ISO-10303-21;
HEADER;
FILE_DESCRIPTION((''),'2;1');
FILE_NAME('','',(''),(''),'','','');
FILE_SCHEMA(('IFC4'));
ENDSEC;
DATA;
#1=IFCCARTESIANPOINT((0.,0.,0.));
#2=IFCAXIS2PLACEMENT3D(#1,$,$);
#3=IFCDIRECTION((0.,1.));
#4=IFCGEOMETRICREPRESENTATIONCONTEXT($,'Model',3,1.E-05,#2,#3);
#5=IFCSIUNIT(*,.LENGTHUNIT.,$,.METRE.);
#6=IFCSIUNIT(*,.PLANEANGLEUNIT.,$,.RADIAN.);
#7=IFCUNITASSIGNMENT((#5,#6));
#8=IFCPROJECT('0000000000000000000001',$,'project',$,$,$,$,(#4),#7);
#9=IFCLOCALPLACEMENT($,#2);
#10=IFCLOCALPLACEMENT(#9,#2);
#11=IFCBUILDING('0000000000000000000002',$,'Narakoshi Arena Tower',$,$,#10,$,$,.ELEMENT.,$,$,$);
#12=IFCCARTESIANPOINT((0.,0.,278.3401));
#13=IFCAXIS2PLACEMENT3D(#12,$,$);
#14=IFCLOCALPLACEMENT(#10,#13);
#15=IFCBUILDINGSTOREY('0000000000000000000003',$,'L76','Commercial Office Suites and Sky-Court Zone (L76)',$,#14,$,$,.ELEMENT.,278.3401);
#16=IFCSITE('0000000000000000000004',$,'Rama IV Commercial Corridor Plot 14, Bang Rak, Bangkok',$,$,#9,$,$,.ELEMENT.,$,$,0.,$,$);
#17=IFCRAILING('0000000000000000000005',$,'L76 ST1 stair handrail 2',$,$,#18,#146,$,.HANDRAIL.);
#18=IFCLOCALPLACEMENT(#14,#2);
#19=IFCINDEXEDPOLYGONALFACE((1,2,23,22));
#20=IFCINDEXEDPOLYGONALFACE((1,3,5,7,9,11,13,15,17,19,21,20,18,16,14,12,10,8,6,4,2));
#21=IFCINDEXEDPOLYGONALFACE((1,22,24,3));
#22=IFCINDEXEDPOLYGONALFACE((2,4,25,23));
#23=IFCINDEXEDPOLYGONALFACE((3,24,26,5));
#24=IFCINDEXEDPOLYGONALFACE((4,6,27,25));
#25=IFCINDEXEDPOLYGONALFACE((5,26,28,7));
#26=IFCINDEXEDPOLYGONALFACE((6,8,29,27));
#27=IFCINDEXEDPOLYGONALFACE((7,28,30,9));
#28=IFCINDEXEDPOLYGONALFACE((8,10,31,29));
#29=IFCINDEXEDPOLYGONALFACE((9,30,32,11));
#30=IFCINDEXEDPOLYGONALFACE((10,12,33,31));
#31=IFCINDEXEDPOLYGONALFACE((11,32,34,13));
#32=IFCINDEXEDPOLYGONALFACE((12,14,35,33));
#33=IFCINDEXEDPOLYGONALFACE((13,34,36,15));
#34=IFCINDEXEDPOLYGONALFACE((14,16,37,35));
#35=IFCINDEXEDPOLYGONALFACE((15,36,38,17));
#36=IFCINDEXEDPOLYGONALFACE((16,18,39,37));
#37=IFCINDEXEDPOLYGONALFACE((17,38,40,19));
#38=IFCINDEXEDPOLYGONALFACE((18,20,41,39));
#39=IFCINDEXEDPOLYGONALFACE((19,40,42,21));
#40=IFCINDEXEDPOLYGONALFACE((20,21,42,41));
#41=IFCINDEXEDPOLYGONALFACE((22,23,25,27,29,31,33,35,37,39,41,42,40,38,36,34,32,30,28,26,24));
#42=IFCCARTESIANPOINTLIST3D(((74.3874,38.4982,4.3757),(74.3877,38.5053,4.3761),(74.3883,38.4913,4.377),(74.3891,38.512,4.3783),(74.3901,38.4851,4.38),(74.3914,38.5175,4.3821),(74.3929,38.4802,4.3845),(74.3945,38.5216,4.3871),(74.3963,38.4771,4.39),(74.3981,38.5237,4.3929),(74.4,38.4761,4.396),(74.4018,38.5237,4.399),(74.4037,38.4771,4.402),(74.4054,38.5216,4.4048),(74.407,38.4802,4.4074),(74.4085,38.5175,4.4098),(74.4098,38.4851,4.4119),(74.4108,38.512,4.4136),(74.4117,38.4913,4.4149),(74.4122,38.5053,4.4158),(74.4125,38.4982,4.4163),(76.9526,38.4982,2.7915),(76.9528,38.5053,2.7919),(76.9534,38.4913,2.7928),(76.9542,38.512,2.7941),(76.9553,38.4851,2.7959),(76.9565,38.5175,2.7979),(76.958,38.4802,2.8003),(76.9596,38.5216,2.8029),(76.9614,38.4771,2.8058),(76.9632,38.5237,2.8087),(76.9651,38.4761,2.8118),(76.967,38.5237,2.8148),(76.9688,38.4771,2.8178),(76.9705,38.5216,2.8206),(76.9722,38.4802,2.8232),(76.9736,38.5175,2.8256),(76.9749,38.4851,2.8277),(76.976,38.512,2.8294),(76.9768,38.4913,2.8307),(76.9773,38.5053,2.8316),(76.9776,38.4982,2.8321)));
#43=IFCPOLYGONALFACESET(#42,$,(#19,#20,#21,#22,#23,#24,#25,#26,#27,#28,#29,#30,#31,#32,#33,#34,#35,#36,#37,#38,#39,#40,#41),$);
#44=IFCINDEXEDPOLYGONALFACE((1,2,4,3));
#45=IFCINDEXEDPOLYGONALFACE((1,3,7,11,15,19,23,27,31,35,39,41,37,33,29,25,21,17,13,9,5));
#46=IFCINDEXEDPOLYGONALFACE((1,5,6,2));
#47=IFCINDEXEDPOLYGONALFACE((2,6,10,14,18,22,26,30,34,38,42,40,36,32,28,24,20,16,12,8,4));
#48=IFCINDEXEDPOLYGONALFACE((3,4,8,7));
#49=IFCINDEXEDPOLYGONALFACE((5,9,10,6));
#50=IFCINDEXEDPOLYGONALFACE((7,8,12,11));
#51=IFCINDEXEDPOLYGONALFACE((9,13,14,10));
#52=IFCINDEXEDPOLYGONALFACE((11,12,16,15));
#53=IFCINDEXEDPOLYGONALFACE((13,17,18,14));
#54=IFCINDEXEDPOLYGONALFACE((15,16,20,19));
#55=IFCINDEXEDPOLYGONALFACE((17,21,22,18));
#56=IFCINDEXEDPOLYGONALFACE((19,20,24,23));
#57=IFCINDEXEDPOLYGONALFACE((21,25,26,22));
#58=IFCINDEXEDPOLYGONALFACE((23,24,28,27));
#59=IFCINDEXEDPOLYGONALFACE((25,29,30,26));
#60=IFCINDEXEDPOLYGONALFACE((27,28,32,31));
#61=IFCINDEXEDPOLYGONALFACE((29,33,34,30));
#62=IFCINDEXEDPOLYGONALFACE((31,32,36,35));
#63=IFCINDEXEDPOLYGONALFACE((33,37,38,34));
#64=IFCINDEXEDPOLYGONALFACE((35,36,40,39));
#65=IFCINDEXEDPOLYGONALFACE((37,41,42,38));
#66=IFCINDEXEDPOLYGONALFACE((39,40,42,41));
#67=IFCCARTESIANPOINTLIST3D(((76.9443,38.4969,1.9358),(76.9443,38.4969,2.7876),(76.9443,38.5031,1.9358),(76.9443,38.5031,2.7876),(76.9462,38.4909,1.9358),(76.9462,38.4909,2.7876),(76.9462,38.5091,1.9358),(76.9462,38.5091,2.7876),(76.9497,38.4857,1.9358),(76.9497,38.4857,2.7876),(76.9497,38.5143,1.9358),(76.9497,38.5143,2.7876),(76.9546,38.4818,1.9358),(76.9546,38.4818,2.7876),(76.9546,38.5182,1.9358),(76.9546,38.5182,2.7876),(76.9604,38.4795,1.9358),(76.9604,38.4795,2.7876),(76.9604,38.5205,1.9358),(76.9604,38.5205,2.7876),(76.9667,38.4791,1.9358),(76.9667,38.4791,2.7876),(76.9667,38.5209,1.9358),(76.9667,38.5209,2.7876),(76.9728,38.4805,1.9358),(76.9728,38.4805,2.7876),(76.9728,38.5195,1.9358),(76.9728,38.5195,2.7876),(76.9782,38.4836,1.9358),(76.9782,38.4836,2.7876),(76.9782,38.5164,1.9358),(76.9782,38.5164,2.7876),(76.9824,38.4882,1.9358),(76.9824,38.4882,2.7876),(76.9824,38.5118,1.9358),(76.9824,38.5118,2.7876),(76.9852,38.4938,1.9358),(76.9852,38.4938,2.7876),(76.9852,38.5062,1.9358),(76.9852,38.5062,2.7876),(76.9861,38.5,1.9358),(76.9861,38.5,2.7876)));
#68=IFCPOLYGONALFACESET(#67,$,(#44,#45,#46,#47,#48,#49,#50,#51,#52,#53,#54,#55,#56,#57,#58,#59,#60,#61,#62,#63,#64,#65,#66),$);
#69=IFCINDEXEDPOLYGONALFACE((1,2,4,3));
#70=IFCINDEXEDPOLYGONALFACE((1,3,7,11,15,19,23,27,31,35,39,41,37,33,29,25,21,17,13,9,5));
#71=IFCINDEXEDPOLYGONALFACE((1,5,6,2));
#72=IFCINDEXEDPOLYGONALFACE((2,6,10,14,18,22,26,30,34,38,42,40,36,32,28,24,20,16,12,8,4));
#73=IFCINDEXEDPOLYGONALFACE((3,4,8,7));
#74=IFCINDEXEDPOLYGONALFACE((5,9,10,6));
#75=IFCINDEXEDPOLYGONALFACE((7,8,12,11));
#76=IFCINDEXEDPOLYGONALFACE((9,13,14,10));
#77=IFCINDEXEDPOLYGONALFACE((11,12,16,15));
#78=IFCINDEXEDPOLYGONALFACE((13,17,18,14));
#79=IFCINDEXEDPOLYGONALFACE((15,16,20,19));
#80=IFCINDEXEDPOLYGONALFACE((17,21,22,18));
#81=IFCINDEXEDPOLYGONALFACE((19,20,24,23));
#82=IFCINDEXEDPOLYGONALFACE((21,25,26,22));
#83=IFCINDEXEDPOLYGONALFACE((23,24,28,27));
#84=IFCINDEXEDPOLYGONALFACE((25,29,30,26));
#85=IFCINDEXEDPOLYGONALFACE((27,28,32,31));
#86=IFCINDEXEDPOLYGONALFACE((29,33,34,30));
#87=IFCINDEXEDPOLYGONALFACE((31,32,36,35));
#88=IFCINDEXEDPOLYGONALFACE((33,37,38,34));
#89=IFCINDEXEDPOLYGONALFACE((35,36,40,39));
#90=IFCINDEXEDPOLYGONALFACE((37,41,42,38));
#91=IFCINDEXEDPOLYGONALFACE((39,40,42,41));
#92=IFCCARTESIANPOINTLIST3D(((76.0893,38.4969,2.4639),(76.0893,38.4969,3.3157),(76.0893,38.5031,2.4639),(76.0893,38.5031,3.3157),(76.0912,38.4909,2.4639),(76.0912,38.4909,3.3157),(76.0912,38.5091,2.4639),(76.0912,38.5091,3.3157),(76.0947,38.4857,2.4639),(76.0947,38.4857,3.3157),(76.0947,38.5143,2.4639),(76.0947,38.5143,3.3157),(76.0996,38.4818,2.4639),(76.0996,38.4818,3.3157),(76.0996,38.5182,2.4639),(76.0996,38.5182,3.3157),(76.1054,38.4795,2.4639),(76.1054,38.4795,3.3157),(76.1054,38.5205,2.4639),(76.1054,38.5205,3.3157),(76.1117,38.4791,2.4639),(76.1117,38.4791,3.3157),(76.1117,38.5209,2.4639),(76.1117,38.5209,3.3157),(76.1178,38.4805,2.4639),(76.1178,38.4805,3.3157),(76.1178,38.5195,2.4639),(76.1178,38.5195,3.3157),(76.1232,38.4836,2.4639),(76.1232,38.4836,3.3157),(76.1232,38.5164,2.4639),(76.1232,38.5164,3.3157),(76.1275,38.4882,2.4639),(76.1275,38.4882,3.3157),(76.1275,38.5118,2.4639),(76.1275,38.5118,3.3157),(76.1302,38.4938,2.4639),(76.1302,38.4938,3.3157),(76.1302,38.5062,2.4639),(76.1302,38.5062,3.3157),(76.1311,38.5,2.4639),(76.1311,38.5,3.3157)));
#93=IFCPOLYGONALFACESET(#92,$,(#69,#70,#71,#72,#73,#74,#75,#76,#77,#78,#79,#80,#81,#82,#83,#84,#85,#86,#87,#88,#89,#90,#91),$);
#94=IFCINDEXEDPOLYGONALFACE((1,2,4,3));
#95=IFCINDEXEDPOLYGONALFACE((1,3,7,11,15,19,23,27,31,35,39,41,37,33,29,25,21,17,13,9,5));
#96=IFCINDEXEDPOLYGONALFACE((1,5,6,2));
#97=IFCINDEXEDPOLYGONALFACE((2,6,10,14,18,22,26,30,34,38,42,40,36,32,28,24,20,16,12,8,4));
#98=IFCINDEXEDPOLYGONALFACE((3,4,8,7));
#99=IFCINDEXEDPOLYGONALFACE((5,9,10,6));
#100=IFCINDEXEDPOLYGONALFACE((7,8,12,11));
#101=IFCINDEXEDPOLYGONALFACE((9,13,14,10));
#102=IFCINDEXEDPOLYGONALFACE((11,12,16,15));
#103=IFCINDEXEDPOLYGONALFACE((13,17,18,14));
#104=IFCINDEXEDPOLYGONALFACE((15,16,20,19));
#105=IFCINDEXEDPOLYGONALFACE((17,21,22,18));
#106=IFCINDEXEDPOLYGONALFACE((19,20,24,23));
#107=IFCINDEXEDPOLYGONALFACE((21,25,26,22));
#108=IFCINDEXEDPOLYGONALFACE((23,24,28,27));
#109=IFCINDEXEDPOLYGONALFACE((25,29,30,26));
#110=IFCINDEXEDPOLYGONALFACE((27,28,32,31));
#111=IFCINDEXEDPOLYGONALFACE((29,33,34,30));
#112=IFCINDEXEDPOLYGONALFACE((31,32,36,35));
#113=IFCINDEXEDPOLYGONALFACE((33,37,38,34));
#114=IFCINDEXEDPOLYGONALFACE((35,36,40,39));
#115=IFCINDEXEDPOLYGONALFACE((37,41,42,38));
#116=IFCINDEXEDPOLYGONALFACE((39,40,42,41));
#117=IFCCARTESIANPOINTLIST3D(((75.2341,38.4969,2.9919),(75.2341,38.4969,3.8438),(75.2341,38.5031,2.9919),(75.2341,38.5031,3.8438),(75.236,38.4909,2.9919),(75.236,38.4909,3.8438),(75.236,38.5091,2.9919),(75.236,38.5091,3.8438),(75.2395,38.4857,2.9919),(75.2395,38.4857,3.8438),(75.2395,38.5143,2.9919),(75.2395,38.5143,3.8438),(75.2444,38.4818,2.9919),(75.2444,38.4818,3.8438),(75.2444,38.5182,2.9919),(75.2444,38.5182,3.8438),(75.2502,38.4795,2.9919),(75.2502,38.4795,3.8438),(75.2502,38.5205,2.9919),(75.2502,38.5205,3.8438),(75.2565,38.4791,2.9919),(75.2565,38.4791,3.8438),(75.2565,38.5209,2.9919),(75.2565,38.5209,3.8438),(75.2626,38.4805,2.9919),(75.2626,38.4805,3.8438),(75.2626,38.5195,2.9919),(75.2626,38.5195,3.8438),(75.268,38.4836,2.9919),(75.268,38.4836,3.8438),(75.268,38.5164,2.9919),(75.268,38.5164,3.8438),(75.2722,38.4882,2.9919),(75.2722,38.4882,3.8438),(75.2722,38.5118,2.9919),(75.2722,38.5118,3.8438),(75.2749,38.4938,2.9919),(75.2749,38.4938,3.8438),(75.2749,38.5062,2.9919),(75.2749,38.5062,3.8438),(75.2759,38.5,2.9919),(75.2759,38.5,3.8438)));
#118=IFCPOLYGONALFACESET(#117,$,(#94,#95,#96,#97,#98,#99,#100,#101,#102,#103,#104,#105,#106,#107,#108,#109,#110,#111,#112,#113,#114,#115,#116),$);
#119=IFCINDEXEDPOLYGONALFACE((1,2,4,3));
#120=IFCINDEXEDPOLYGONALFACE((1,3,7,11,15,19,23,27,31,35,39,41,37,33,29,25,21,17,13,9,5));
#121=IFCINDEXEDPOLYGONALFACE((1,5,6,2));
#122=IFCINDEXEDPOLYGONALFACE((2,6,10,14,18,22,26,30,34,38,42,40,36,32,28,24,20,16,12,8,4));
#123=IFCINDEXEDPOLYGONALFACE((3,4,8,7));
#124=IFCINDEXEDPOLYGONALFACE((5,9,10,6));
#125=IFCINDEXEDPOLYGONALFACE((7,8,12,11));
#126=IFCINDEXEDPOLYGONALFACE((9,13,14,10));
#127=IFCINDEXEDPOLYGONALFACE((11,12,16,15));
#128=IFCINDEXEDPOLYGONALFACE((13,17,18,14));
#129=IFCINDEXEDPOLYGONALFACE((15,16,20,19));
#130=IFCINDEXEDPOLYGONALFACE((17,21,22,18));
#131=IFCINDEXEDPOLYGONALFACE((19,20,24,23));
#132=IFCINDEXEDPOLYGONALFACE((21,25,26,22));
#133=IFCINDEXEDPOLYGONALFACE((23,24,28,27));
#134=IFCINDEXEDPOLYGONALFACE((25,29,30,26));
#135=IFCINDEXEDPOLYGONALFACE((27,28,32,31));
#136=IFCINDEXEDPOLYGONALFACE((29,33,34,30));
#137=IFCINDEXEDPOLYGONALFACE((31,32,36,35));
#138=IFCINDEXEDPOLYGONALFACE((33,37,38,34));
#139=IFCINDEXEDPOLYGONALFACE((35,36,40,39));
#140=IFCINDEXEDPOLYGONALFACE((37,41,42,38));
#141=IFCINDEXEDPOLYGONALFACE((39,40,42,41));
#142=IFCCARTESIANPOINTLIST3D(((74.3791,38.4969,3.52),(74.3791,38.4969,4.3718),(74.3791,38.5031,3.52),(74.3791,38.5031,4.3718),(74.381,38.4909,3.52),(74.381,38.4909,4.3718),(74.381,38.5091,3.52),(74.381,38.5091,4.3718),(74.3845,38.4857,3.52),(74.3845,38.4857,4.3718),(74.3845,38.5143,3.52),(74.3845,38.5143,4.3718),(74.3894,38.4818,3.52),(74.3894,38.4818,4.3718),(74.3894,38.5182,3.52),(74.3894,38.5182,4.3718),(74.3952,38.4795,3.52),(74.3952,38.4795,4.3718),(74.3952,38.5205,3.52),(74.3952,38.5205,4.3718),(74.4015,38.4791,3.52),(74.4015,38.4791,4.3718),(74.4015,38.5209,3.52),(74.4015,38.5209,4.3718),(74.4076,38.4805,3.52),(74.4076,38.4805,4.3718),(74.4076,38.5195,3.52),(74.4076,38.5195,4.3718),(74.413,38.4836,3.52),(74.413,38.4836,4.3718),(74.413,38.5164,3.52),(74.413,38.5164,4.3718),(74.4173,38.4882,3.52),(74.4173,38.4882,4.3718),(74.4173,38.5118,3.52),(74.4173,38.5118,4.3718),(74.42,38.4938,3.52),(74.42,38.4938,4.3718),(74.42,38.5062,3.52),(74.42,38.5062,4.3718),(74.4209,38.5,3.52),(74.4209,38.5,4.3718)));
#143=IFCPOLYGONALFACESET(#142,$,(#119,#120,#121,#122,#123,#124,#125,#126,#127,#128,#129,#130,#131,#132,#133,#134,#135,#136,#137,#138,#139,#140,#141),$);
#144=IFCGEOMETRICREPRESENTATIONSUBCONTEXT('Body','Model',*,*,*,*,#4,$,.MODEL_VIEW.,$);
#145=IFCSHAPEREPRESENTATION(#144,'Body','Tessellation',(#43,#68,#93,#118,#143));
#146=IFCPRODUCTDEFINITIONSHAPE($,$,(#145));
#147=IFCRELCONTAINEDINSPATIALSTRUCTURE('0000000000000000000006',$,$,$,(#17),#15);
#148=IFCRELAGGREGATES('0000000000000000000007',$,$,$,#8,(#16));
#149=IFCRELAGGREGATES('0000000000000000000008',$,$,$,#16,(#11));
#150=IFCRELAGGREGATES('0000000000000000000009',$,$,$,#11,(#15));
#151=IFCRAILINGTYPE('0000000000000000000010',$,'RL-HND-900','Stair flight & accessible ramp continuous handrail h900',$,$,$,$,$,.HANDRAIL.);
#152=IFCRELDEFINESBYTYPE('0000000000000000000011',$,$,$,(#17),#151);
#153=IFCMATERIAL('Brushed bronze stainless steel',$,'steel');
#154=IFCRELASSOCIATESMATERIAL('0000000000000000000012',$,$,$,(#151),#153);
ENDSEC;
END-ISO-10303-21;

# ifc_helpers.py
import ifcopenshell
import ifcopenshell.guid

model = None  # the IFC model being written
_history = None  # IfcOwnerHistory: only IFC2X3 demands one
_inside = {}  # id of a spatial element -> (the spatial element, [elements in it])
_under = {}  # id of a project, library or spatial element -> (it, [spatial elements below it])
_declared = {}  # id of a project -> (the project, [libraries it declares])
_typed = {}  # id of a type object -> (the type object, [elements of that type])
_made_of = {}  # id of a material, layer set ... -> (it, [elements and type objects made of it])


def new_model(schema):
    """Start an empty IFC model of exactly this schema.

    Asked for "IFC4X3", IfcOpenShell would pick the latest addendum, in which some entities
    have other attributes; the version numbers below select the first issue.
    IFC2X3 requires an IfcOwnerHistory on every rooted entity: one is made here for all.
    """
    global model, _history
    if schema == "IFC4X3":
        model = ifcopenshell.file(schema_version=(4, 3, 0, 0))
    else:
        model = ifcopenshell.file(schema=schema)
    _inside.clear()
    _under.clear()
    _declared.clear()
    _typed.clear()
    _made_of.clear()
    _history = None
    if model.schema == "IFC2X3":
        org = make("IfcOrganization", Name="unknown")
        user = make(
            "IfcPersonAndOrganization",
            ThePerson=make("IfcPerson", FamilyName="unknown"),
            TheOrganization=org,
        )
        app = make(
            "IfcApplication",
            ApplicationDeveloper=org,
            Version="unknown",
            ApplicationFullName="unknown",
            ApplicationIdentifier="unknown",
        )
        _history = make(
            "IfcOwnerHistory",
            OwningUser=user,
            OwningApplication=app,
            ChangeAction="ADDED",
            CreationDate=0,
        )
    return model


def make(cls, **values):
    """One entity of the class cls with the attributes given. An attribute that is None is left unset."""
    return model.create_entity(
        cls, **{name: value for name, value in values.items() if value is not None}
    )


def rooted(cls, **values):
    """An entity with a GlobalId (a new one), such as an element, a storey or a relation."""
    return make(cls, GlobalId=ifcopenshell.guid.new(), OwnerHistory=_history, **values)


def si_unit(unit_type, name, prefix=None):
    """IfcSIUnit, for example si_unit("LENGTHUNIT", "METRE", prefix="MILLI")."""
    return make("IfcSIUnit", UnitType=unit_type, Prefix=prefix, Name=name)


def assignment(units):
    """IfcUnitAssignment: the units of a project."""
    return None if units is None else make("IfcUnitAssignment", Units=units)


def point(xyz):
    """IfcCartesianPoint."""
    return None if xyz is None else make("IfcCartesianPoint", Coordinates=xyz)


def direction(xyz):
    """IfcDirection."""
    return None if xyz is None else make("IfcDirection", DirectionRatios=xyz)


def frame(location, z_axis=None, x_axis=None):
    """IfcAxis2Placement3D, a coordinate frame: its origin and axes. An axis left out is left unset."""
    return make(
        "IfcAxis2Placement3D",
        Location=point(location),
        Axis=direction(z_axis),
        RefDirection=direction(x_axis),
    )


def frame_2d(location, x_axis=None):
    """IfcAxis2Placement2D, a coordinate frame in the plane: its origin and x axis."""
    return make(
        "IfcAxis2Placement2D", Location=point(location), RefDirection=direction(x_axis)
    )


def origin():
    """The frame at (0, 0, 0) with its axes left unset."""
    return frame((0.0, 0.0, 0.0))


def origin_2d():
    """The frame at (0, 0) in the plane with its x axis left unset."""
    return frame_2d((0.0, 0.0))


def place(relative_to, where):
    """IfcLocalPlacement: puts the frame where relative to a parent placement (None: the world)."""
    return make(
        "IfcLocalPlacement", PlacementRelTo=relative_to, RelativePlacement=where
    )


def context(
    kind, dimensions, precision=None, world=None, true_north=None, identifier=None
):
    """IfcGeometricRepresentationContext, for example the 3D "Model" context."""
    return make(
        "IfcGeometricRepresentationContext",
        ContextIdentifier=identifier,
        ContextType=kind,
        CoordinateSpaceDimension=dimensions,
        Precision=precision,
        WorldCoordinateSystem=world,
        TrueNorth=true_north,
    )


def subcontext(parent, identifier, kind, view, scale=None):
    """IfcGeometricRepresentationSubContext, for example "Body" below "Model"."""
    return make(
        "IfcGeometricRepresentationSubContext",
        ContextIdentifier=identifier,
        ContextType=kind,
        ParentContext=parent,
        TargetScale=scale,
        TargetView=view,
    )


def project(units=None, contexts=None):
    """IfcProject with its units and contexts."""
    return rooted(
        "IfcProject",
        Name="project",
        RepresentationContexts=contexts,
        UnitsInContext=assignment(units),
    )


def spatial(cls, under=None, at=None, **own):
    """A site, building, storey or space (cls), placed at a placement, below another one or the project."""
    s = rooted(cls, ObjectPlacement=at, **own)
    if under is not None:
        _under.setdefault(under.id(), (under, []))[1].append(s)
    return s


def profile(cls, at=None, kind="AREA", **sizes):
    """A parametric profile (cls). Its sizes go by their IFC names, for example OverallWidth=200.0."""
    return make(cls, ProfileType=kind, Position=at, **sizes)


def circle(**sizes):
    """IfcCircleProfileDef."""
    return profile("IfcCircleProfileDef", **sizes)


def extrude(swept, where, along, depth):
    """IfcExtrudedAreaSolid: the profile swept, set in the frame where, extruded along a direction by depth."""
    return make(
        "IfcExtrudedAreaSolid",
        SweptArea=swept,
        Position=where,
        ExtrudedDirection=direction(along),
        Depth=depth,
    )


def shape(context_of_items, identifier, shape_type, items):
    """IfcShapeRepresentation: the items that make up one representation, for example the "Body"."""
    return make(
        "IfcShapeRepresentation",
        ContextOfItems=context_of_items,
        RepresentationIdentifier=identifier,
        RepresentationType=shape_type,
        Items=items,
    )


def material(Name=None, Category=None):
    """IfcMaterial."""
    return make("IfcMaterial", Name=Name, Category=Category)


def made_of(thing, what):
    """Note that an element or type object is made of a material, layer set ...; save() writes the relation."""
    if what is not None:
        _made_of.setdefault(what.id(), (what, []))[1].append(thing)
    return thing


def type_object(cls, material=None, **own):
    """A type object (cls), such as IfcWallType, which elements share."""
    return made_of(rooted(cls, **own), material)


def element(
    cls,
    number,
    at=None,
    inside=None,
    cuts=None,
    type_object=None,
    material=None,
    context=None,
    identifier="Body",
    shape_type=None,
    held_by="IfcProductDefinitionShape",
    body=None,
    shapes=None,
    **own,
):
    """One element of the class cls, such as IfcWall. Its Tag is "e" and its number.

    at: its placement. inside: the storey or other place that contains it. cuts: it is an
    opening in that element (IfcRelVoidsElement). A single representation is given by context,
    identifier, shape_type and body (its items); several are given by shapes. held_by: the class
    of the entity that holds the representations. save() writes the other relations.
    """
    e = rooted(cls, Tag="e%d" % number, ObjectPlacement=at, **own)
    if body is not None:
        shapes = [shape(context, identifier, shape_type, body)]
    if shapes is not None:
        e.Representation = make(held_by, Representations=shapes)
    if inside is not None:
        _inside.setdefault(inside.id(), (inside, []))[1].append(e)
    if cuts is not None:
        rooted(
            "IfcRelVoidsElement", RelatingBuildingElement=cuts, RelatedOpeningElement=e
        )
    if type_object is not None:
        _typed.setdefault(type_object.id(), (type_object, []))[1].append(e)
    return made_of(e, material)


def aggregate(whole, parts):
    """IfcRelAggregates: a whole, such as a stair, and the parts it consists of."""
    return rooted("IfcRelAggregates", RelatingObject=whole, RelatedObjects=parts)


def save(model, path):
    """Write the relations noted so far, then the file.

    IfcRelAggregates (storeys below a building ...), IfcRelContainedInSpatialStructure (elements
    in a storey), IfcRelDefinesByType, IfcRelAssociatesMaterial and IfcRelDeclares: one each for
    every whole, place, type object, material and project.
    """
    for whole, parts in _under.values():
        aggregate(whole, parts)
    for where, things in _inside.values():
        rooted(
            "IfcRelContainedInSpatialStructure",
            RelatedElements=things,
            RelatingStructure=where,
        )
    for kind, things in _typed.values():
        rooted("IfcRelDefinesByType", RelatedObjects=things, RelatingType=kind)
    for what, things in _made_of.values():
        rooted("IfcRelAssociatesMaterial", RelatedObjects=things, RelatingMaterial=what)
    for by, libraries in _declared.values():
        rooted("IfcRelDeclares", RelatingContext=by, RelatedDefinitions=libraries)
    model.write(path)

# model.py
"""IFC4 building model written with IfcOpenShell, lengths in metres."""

from ifc_helpers import new_model, si_unit, direction, frame, origin, origin_2d, place, context, subcontext, project, spatial, circle, extrude, material, type_object, element, save


model = new_model("IFC4")

# Units and contexts
model_context = context("Model", 3, precision=1e-05, world=origin(), true_north=direction((0.0, 1.0)))
body_context = subcontext(model_context, "Body", "Model", "MODEL_VIEW")
ifc_project = project(units=[si_unit("LENGTHUNIT", "METRE"), si_unit("PLANEANGLEUNIT", "RADIAN")], contexts=[model_context])

# Site, building, storey
site_placement = place(None, origin())
site = spatial("IfcSite", under=ifc_project, at=site_placement, Name="Rama IV Commercial Corridor Plot 14, Bang Rak, Bangkok", CompositionType="ELEMENT", RefElevation=0.0)
building_placement = place(site_placement, origin())
building = spatial("IfcBuilding", under=site, at=building_placement, Name="Narakoshi Arena Tower", CompositionType="ELEMENT")
storey_placement = place(building_placement, frame((0.0, 0.0, 278.3401)))
storey = spatial("IfcBuildingStorey", under=building, at=storey_placement, Name="L76", Description="Commercial Office Suites and Sky-Court Zone (L76)", CompositionType="ELEMENT", Elevation=278.3401)

# Railing
ifc_material_1 = material(Name="Brushed bronze stainless steel", Category="steel")
railing_type_1 = type_object("IfcRailingType", Name="RL-HND-900", Description="Stair flight & accessible ramp continuous handrail h900", PredefinedType="HANDRAIL", material=ifc_material_1)
railing_1_placement = place(storey_placement, frame((76.9651, 38.5, 1.9358)))
element("IfcRailing", 1, at=railing_1_placement, inside=storey, type_object=railing_type_1, Name="L76 ST1 stair handrail 2", PredefinedType="HANDRAIL", context=body_context, shape_type="SweptSolid", body=[
    extrude(circle(Radius=0.0239, at=origin_2d()), frame((0.0, 0.0, 0.876), z_axis=(-0.85082, 0.0, 0.525457), x_axis=(0.0, -1.0, 0.0)), (0.0, 0.0, 1.0), 3.0149),
    extrude(circle(Radius=0.021, at=origin_2d()), origin(), (0.0, 0.0, 1.0), 0.8518),
    extrude(circle(Radius=0.021, at=origin_2d()), frame((-0.855, 0.0, 0.5281)), (0.0, 0.0, 1.0), 0.8518),
    extrude(circle(Radius=0.021, at=origin_2d()), frame((-1.7102, 0.0, 1.0562)), (0.0, 0.0, 1.0), 0.8518),
    extrude(circle(Radius=0.021, at=origin_2d()), frame((-2.5652, 0.0, 1.5842)), (0.0, 0.0, 1.0), 0.8518),
])

save(model, "model.ifc")
